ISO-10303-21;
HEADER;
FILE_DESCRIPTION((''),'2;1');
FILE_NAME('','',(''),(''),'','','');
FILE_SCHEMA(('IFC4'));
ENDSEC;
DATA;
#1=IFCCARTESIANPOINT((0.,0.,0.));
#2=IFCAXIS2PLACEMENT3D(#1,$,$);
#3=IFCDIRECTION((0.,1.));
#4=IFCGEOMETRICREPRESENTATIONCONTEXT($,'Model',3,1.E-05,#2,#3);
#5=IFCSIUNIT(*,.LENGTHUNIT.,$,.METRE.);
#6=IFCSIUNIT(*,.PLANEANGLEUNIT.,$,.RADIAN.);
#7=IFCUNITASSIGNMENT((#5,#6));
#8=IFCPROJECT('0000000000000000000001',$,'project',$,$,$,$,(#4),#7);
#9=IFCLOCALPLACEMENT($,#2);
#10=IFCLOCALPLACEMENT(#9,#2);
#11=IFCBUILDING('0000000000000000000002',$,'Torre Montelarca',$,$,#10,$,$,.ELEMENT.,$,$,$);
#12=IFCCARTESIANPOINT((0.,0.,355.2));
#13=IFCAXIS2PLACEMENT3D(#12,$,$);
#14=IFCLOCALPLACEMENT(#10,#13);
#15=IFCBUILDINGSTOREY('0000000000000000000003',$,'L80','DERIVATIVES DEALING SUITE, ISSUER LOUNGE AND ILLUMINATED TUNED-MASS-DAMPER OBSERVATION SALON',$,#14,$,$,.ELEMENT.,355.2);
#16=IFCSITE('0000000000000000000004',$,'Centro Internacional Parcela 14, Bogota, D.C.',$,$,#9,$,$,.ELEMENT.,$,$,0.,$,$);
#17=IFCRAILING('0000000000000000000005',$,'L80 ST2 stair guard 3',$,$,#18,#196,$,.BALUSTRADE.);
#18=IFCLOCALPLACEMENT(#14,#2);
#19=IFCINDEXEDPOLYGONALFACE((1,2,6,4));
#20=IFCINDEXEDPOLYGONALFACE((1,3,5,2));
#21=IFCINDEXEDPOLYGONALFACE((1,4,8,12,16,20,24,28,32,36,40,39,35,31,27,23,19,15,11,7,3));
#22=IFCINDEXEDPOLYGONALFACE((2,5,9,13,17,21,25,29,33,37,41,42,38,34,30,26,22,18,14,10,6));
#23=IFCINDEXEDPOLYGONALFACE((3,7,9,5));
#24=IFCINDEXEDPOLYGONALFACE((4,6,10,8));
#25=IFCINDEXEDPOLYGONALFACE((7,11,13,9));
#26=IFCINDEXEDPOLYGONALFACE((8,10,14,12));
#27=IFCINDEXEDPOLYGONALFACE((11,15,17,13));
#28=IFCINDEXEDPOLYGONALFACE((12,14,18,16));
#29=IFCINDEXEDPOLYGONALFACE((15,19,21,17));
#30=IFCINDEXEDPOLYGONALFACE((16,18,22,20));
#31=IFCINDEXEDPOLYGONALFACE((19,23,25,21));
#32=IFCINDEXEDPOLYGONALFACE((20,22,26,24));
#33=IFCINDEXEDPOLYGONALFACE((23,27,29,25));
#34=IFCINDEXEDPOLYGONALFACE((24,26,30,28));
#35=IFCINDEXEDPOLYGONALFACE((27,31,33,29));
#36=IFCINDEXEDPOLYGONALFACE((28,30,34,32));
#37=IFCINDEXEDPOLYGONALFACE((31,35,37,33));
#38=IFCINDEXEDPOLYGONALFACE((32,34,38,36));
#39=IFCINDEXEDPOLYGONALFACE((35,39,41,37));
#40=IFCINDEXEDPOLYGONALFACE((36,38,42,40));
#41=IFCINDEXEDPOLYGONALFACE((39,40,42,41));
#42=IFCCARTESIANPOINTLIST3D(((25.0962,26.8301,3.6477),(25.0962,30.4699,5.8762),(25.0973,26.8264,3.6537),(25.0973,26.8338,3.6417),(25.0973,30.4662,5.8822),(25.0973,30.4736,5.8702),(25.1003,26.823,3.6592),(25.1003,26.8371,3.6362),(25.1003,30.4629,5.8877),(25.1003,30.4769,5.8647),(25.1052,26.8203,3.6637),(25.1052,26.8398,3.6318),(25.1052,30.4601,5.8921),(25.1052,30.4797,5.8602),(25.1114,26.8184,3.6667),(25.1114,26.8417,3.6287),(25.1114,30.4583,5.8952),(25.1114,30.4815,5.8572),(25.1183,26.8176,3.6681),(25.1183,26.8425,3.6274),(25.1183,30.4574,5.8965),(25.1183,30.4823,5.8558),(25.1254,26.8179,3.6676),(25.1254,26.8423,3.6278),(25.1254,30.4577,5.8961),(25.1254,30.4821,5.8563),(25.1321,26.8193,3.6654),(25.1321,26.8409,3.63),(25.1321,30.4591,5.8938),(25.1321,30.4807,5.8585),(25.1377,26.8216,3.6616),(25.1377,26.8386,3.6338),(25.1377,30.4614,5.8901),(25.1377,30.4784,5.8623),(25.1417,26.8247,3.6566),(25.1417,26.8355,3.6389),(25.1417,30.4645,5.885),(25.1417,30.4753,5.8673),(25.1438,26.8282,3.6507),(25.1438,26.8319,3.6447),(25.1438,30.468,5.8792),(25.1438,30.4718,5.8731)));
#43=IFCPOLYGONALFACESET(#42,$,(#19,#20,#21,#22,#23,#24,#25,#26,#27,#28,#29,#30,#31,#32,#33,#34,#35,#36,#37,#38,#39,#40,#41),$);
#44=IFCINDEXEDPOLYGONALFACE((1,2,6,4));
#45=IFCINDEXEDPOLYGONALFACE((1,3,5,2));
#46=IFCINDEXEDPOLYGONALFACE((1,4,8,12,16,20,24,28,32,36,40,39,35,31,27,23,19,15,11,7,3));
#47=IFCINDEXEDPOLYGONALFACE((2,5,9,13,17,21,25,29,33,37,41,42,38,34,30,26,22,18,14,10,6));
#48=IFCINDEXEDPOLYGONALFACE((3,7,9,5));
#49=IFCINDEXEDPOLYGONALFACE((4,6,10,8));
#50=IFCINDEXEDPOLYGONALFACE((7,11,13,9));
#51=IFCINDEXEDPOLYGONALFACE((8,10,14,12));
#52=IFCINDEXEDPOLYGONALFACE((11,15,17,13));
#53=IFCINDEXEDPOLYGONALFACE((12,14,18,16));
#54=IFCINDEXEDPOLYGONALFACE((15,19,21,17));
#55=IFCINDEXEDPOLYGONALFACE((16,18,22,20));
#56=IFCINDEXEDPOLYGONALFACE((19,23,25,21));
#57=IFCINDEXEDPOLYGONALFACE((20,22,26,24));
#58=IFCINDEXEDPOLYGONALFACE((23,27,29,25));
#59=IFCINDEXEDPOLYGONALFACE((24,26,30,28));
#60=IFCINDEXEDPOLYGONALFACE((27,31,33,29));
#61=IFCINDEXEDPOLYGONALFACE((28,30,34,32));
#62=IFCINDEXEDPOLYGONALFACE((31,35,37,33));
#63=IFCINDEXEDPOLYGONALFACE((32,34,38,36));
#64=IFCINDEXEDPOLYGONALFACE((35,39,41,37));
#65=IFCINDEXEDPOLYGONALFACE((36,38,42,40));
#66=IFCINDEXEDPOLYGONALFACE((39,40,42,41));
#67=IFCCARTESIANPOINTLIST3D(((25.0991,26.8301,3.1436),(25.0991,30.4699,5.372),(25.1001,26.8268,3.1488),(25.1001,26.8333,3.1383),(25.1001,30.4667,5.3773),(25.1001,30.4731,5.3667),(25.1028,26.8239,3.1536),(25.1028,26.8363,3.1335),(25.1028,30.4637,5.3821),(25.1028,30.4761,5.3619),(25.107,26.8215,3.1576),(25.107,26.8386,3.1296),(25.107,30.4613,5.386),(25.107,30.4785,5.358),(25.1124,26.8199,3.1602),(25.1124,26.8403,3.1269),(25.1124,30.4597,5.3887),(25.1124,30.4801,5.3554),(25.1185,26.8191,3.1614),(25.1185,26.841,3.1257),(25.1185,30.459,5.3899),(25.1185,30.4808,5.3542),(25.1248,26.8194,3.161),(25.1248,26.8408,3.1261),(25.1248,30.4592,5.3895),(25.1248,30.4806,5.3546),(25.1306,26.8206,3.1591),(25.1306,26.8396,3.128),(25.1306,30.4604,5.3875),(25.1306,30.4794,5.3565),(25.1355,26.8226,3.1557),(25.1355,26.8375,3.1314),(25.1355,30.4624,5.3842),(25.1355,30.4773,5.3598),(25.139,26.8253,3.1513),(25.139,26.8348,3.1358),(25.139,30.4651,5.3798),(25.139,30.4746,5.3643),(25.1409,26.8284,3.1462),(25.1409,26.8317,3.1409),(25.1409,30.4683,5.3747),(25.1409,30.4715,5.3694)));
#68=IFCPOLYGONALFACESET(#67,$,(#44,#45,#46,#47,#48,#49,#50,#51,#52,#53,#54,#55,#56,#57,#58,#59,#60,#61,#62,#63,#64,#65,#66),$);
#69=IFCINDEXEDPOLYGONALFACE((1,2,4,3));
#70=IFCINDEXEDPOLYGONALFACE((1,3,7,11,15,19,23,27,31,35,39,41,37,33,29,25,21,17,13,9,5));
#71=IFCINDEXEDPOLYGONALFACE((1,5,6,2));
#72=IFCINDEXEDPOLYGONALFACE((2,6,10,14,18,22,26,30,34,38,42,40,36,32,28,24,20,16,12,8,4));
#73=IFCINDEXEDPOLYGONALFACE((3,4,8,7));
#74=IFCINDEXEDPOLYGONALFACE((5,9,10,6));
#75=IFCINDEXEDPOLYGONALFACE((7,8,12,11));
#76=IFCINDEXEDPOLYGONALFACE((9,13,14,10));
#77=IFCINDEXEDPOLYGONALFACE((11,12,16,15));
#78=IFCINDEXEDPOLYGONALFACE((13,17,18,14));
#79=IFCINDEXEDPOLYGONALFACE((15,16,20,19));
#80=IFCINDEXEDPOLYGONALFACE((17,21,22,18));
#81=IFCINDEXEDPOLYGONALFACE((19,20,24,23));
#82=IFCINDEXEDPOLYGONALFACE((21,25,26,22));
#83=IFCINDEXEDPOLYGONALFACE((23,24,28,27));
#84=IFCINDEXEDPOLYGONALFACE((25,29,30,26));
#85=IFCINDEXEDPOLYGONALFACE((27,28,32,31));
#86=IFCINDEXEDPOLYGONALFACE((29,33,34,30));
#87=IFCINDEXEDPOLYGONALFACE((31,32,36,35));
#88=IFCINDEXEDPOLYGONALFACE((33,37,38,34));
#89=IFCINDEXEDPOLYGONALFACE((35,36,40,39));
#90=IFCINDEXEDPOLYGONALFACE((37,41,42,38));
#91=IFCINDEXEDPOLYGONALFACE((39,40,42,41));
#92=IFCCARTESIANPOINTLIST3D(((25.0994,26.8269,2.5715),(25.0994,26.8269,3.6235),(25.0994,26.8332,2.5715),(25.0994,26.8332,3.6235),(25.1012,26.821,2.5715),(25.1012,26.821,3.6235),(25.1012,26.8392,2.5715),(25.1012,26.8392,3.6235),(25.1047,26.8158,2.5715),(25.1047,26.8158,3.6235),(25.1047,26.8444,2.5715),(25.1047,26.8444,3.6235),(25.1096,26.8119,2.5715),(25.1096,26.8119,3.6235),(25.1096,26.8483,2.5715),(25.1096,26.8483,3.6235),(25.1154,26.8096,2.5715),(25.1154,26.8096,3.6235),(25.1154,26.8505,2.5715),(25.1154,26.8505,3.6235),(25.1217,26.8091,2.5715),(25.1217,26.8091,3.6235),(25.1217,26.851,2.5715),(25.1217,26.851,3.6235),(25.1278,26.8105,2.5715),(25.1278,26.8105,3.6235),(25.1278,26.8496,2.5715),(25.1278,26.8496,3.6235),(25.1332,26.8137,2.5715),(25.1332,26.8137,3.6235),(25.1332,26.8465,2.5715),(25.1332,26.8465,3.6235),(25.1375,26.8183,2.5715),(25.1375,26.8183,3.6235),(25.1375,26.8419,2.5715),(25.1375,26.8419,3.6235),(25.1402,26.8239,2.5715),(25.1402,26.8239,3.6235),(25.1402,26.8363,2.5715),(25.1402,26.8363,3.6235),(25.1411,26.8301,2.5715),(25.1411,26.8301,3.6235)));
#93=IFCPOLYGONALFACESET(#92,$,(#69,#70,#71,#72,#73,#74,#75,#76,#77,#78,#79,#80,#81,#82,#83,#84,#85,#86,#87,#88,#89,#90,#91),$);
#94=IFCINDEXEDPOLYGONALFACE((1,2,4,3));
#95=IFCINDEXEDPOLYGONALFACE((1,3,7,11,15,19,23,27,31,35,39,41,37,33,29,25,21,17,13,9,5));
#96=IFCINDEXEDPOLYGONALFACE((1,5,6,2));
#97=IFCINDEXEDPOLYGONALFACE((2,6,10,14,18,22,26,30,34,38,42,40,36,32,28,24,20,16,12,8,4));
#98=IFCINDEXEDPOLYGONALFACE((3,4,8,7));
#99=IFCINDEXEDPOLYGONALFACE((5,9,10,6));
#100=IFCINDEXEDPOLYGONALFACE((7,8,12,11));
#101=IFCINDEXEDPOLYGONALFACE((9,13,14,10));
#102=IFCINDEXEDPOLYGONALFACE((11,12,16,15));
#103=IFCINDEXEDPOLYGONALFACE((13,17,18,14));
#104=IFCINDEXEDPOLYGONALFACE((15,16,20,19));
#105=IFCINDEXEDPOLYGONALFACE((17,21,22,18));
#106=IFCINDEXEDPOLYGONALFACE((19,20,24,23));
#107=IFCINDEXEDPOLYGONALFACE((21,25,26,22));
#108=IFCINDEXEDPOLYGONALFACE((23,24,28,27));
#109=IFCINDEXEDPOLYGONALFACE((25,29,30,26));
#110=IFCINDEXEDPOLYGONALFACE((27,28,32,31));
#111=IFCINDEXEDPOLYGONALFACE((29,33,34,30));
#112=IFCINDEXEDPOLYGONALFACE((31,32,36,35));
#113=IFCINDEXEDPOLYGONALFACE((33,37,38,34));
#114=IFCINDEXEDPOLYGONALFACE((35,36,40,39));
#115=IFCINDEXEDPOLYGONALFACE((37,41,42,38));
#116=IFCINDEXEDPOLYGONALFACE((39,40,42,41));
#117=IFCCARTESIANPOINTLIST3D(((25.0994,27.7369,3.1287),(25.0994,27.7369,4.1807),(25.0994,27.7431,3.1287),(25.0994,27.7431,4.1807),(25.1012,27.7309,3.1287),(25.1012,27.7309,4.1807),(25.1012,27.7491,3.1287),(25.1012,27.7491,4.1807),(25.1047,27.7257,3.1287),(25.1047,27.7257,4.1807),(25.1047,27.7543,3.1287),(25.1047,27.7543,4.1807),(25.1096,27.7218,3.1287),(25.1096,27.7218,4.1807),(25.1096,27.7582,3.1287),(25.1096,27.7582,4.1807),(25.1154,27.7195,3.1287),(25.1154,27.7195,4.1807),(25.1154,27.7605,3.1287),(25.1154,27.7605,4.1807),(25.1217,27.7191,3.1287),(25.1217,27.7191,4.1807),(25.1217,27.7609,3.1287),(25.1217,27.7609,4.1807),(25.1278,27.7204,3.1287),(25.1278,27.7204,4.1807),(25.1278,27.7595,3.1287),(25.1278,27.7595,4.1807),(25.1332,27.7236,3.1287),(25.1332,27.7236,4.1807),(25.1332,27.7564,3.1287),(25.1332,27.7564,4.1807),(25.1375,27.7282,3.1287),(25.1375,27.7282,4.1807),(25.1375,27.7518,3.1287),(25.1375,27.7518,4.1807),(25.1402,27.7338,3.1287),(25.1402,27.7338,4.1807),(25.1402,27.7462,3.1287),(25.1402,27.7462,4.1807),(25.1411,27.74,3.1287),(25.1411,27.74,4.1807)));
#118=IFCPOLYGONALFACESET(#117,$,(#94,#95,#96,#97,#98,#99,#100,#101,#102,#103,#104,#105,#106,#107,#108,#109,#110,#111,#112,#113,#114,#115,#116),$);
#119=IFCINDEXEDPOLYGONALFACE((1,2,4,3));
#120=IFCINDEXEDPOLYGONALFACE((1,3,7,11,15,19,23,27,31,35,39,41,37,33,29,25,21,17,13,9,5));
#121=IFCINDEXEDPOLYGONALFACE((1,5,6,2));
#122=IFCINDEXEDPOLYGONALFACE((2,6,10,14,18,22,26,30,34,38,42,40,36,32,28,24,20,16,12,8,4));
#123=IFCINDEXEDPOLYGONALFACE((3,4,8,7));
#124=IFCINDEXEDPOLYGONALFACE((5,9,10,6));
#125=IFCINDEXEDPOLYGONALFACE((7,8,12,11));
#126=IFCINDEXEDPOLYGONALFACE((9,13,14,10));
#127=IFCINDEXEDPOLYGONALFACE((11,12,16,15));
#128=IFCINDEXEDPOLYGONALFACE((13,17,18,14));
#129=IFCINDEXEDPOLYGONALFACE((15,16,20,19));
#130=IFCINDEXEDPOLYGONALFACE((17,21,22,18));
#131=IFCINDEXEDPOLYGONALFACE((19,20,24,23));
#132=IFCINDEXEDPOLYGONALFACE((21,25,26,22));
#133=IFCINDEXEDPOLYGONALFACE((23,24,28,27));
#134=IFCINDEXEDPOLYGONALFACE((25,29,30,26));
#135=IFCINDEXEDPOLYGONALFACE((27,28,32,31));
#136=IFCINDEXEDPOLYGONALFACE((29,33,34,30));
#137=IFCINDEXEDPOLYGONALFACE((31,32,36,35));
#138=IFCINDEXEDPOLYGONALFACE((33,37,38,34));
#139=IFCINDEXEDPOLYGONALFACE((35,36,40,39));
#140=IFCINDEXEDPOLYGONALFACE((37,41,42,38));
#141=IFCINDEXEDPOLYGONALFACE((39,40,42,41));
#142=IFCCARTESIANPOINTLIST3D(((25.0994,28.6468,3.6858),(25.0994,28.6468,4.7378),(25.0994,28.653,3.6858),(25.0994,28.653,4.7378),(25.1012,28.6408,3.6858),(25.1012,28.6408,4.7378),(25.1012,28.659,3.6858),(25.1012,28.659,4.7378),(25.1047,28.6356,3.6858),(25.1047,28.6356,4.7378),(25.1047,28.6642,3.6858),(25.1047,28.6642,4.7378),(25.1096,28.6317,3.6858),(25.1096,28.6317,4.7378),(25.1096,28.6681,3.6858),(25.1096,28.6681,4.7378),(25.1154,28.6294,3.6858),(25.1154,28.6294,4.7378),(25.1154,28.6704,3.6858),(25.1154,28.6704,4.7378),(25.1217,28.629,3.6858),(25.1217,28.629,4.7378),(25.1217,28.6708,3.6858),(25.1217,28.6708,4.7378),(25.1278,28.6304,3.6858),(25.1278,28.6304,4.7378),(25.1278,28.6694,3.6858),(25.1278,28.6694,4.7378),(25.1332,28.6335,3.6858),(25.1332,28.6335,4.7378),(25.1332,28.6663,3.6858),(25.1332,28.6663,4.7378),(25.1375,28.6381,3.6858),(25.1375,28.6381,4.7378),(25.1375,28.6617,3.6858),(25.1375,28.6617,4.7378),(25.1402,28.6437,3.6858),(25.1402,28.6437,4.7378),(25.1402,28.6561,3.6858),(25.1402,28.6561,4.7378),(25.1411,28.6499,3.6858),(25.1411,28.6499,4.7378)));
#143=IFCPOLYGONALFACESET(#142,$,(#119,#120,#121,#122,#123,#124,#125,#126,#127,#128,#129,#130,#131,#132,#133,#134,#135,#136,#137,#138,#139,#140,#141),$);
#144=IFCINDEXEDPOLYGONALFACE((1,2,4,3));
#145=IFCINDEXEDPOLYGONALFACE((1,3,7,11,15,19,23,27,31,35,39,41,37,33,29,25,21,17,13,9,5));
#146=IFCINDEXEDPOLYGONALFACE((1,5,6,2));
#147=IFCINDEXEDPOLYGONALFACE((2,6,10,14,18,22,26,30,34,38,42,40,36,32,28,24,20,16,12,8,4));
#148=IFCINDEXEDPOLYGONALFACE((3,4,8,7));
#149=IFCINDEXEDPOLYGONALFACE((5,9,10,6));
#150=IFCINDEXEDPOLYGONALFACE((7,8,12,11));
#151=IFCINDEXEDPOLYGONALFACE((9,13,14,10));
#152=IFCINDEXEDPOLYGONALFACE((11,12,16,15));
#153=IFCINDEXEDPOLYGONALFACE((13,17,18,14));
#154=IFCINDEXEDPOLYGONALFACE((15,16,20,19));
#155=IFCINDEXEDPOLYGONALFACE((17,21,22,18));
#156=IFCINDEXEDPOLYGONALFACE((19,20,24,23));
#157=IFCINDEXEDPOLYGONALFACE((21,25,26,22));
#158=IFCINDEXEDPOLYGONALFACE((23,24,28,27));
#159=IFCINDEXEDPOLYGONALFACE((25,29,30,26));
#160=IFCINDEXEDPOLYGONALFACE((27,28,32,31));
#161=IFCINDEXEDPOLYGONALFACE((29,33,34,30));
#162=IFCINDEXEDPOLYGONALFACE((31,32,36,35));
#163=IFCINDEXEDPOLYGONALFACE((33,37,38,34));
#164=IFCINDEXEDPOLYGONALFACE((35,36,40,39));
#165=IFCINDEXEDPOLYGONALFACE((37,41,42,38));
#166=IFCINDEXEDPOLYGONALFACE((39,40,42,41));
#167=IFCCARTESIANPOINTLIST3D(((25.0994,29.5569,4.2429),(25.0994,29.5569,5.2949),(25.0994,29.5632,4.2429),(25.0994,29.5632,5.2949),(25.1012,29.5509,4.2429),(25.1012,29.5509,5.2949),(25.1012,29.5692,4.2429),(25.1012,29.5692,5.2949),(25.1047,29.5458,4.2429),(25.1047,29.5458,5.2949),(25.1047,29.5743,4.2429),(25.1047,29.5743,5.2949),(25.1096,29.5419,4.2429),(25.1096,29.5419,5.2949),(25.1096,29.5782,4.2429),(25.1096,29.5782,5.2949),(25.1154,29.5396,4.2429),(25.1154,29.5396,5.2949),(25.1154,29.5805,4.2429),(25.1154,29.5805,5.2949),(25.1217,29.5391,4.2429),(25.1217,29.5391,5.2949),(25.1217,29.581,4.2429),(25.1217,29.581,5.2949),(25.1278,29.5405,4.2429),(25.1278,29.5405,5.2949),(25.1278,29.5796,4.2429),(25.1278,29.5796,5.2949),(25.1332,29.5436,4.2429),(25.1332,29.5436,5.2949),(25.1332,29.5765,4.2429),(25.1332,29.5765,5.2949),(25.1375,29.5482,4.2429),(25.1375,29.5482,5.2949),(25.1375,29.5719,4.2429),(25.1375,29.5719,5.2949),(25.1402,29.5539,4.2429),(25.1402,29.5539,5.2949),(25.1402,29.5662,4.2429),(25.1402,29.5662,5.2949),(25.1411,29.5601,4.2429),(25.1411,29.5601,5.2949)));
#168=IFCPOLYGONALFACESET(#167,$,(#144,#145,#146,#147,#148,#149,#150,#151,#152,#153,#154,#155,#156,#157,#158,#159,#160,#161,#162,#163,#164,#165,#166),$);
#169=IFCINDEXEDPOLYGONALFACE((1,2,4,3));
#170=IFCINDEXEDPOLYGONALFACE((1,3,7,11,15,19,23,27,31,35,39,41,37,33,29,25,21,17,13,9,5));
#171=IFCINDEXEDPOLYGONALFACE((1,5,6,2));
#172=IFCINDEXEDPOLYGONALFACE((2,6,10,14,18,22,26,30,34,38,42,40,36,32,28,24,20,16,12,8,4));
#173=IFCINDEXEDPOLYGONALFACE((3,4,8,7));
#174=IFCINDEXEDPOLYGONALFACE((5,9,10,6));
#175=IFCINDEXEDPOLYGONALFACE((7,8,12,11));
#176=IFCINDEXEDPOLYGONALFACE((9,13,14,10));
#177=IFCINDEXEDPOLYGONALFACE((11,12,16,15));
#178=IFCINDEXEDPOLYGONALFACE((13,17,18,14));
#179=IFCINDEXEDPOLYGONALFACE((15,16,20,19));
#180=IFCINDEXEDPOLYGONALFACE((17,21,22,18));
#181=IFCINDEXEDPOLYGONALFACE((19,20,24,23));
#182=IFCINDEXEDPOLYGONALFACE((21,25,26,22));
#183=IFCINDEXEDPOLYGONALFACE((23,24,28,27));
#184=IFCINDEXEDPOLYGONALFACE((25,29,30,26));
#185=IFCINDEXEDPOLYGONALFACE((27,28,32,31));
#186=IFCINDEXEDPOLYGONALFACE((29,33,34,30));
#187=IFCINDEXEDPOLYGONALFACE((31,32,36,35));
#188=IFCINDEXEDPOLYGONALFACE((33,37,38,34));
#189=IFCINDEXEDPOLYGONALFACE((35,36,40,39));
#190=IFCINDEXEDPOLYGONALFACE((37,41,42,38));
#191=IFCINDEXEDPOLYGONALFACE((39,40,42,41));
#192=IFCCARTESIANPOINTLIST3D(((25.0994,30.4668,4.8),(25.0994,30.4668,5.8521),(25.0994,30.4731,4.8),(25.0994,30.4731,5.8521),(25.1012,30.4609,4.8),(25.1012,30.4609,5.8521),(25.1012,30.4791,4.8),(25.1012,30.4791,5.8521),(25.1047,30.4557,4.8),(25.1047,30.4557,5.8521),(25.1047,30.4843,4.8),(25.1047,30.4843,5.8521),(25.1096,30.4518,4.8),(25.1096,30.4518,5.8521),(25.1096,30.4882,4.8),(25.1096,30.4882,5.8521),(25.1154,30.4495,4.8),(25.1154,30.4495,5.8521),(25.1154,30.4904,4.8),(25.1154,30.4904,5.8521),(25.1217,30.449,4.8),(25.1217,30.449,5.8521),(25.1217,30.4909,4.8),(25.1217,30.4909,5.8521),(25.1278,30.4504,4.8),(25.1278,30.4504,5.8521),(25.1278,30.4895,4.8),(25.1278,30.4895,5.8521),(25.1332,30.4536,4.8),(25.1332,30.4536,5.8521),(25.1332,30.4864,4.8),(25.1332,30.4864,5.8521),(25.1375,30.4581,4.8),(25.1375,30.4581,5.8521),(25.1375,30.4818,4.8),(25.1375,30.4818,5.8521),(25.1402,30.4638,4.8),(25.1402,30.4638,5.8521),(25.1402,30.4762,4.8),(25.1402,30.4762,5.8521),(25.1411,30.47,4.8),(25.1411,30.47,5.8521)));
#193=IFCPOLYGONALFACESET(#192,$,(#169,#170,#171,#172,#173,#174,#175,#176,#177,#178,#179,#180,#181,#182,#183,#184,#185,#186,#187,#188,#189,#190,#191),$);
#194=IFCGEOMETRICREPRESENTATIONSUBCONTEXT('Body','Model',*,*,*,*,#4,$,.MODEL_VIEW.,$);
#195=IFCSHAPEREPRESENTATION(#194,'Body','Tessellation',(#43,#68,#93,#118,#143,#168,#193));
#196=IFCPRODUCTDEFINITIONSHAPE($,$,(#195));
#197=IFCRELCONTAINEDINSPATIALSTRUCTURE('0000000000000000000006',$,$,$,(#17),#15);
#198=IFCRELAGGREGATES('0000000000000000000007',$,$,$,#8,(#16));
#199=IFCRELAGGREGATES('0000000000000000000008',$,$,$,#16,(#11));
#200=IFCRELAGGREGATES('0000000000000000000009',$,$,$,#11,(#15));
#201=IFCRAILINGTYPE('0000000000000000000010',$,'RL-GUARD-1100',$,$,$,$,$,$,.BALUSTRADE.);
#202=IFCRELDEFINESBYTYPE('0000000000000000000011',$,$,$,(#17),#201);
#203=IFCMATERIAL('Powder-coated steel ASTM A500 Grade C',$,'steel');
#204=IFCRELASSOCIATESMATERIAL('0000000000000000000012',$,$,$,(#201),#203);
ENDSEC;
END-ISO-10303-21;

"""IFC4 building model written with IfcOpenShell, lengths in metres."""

from ifc_helpers import new_model, si_unit, direction, frame, origin, origin_2d, place, context, subcontext, project, spatial, circle, extrude, material, type_object, element, save


model = new_model("IFC4")

# Units and contexts
model_context = context("Model", 3, precision=1e-05, world=origin(), true_north=direction((0.0, 1.0)))
body_context = subcontext(model_context, "Body", "Model", "MODEL_VIEW")
ifc_project = project(units=[si_unit("LENGTHUNIT", "METRE"), si_unit("PLANEANGLEUNIT", "RADIAN")], contexts=[model_context])

# Site, building, storey
site_placement = place(None, origin())
site = spatial("IfcSite", under=ifc_project, at=site_placement, Name="Centro Internacional Parcela 14, Bogota, D.C.", CompositionType="ELEMENT", RefElevation=0.0)
building_placement = place(site_placement, origin())
building = spatial("IfcBuilding", under=site, at=building_placement, Name="Torre Montelarca", CompositionType="ELEMENT")
storey_placement = place(building_placement, frame((0.0, 0.0, 355.2)))
storey = spatial("IfcBuildingStorey", under=building, at=storey_placement, Name="L80", Description="DERIVATIVES DEALING SUITE, ISSUER LOUNGE AND ILLUMINATED TUNED-MASS-DAMPER OBSERVATION SALON", CompositionType="ELEMENT", Elevation=355.2)

# Railing
ifc_material_1 = material(Name="Powder-coated steel ASTM A500 Grade C", Category="steel")
railing_type_1 = type_object("IfcRailingType", Name="RL-GUARD-1100", PredefinedType="BALUSTRADE", material=ifc_material_1)
railing_1_placement = place(storey_placement, frame((25.1201, 26.8301, 2.5715)))
element("IfcRailing", 1, at=railing_1_placement, inside=storey, type_object=railing_type_1, Name="L80 ST2 stair guard 3", PredefinedType="BALUSTRADE", context=body_context, shape_type="SweptSolid", body=[
    extrude(circle(Radius=0.0239, at=origin_2d()), frame((0.0, 0.0, 1.0762), z_axis=(0.0, 0.85285, 0.522156), x_axis=(-1.0, 0.0, 0.0)), (0.0, 0.0, 1.0), 4.2678),
    extrude(circle(Radius=0.021, at=origin_2d()), frame((0.0, 0.0, 0.572), z_axis=(0.0, 0.85285, 0.522156), x_axis=(-1.0, 0.0, 0.0)), (0.0, 0.0, 1.0), 4.2678),
    extrude(circle(Radius=0.021, at=origin_2d()), origin(), (0.0, 0.0, 1.0), 1.052),
    extrude(circle(Radius=0.021, at=origin_2d()), frame((0.0, 0.9099, 0.5571)), (0.0, 0.0, 1.0), 1.052),
    extrude(circle(Radius=0.021, at=origin_2d()), frame((0.0, 1.8198, 1.1143)), (0.0, 0.0, 1.0), 1.052),
    extrude(circle(Radius=0.021, at=origin_2d()), frame((0.0, 2.73, 1.6714)), (0.0, 0.0, 1.0), 1.052),
    extrude(circle(Radius=0.021, at=origin_2d()), frame((0.0, 3.6399, 2.2285)), (0.0, 0.0, 1.0), 1.052),
])

save(model, "model.ifc")
